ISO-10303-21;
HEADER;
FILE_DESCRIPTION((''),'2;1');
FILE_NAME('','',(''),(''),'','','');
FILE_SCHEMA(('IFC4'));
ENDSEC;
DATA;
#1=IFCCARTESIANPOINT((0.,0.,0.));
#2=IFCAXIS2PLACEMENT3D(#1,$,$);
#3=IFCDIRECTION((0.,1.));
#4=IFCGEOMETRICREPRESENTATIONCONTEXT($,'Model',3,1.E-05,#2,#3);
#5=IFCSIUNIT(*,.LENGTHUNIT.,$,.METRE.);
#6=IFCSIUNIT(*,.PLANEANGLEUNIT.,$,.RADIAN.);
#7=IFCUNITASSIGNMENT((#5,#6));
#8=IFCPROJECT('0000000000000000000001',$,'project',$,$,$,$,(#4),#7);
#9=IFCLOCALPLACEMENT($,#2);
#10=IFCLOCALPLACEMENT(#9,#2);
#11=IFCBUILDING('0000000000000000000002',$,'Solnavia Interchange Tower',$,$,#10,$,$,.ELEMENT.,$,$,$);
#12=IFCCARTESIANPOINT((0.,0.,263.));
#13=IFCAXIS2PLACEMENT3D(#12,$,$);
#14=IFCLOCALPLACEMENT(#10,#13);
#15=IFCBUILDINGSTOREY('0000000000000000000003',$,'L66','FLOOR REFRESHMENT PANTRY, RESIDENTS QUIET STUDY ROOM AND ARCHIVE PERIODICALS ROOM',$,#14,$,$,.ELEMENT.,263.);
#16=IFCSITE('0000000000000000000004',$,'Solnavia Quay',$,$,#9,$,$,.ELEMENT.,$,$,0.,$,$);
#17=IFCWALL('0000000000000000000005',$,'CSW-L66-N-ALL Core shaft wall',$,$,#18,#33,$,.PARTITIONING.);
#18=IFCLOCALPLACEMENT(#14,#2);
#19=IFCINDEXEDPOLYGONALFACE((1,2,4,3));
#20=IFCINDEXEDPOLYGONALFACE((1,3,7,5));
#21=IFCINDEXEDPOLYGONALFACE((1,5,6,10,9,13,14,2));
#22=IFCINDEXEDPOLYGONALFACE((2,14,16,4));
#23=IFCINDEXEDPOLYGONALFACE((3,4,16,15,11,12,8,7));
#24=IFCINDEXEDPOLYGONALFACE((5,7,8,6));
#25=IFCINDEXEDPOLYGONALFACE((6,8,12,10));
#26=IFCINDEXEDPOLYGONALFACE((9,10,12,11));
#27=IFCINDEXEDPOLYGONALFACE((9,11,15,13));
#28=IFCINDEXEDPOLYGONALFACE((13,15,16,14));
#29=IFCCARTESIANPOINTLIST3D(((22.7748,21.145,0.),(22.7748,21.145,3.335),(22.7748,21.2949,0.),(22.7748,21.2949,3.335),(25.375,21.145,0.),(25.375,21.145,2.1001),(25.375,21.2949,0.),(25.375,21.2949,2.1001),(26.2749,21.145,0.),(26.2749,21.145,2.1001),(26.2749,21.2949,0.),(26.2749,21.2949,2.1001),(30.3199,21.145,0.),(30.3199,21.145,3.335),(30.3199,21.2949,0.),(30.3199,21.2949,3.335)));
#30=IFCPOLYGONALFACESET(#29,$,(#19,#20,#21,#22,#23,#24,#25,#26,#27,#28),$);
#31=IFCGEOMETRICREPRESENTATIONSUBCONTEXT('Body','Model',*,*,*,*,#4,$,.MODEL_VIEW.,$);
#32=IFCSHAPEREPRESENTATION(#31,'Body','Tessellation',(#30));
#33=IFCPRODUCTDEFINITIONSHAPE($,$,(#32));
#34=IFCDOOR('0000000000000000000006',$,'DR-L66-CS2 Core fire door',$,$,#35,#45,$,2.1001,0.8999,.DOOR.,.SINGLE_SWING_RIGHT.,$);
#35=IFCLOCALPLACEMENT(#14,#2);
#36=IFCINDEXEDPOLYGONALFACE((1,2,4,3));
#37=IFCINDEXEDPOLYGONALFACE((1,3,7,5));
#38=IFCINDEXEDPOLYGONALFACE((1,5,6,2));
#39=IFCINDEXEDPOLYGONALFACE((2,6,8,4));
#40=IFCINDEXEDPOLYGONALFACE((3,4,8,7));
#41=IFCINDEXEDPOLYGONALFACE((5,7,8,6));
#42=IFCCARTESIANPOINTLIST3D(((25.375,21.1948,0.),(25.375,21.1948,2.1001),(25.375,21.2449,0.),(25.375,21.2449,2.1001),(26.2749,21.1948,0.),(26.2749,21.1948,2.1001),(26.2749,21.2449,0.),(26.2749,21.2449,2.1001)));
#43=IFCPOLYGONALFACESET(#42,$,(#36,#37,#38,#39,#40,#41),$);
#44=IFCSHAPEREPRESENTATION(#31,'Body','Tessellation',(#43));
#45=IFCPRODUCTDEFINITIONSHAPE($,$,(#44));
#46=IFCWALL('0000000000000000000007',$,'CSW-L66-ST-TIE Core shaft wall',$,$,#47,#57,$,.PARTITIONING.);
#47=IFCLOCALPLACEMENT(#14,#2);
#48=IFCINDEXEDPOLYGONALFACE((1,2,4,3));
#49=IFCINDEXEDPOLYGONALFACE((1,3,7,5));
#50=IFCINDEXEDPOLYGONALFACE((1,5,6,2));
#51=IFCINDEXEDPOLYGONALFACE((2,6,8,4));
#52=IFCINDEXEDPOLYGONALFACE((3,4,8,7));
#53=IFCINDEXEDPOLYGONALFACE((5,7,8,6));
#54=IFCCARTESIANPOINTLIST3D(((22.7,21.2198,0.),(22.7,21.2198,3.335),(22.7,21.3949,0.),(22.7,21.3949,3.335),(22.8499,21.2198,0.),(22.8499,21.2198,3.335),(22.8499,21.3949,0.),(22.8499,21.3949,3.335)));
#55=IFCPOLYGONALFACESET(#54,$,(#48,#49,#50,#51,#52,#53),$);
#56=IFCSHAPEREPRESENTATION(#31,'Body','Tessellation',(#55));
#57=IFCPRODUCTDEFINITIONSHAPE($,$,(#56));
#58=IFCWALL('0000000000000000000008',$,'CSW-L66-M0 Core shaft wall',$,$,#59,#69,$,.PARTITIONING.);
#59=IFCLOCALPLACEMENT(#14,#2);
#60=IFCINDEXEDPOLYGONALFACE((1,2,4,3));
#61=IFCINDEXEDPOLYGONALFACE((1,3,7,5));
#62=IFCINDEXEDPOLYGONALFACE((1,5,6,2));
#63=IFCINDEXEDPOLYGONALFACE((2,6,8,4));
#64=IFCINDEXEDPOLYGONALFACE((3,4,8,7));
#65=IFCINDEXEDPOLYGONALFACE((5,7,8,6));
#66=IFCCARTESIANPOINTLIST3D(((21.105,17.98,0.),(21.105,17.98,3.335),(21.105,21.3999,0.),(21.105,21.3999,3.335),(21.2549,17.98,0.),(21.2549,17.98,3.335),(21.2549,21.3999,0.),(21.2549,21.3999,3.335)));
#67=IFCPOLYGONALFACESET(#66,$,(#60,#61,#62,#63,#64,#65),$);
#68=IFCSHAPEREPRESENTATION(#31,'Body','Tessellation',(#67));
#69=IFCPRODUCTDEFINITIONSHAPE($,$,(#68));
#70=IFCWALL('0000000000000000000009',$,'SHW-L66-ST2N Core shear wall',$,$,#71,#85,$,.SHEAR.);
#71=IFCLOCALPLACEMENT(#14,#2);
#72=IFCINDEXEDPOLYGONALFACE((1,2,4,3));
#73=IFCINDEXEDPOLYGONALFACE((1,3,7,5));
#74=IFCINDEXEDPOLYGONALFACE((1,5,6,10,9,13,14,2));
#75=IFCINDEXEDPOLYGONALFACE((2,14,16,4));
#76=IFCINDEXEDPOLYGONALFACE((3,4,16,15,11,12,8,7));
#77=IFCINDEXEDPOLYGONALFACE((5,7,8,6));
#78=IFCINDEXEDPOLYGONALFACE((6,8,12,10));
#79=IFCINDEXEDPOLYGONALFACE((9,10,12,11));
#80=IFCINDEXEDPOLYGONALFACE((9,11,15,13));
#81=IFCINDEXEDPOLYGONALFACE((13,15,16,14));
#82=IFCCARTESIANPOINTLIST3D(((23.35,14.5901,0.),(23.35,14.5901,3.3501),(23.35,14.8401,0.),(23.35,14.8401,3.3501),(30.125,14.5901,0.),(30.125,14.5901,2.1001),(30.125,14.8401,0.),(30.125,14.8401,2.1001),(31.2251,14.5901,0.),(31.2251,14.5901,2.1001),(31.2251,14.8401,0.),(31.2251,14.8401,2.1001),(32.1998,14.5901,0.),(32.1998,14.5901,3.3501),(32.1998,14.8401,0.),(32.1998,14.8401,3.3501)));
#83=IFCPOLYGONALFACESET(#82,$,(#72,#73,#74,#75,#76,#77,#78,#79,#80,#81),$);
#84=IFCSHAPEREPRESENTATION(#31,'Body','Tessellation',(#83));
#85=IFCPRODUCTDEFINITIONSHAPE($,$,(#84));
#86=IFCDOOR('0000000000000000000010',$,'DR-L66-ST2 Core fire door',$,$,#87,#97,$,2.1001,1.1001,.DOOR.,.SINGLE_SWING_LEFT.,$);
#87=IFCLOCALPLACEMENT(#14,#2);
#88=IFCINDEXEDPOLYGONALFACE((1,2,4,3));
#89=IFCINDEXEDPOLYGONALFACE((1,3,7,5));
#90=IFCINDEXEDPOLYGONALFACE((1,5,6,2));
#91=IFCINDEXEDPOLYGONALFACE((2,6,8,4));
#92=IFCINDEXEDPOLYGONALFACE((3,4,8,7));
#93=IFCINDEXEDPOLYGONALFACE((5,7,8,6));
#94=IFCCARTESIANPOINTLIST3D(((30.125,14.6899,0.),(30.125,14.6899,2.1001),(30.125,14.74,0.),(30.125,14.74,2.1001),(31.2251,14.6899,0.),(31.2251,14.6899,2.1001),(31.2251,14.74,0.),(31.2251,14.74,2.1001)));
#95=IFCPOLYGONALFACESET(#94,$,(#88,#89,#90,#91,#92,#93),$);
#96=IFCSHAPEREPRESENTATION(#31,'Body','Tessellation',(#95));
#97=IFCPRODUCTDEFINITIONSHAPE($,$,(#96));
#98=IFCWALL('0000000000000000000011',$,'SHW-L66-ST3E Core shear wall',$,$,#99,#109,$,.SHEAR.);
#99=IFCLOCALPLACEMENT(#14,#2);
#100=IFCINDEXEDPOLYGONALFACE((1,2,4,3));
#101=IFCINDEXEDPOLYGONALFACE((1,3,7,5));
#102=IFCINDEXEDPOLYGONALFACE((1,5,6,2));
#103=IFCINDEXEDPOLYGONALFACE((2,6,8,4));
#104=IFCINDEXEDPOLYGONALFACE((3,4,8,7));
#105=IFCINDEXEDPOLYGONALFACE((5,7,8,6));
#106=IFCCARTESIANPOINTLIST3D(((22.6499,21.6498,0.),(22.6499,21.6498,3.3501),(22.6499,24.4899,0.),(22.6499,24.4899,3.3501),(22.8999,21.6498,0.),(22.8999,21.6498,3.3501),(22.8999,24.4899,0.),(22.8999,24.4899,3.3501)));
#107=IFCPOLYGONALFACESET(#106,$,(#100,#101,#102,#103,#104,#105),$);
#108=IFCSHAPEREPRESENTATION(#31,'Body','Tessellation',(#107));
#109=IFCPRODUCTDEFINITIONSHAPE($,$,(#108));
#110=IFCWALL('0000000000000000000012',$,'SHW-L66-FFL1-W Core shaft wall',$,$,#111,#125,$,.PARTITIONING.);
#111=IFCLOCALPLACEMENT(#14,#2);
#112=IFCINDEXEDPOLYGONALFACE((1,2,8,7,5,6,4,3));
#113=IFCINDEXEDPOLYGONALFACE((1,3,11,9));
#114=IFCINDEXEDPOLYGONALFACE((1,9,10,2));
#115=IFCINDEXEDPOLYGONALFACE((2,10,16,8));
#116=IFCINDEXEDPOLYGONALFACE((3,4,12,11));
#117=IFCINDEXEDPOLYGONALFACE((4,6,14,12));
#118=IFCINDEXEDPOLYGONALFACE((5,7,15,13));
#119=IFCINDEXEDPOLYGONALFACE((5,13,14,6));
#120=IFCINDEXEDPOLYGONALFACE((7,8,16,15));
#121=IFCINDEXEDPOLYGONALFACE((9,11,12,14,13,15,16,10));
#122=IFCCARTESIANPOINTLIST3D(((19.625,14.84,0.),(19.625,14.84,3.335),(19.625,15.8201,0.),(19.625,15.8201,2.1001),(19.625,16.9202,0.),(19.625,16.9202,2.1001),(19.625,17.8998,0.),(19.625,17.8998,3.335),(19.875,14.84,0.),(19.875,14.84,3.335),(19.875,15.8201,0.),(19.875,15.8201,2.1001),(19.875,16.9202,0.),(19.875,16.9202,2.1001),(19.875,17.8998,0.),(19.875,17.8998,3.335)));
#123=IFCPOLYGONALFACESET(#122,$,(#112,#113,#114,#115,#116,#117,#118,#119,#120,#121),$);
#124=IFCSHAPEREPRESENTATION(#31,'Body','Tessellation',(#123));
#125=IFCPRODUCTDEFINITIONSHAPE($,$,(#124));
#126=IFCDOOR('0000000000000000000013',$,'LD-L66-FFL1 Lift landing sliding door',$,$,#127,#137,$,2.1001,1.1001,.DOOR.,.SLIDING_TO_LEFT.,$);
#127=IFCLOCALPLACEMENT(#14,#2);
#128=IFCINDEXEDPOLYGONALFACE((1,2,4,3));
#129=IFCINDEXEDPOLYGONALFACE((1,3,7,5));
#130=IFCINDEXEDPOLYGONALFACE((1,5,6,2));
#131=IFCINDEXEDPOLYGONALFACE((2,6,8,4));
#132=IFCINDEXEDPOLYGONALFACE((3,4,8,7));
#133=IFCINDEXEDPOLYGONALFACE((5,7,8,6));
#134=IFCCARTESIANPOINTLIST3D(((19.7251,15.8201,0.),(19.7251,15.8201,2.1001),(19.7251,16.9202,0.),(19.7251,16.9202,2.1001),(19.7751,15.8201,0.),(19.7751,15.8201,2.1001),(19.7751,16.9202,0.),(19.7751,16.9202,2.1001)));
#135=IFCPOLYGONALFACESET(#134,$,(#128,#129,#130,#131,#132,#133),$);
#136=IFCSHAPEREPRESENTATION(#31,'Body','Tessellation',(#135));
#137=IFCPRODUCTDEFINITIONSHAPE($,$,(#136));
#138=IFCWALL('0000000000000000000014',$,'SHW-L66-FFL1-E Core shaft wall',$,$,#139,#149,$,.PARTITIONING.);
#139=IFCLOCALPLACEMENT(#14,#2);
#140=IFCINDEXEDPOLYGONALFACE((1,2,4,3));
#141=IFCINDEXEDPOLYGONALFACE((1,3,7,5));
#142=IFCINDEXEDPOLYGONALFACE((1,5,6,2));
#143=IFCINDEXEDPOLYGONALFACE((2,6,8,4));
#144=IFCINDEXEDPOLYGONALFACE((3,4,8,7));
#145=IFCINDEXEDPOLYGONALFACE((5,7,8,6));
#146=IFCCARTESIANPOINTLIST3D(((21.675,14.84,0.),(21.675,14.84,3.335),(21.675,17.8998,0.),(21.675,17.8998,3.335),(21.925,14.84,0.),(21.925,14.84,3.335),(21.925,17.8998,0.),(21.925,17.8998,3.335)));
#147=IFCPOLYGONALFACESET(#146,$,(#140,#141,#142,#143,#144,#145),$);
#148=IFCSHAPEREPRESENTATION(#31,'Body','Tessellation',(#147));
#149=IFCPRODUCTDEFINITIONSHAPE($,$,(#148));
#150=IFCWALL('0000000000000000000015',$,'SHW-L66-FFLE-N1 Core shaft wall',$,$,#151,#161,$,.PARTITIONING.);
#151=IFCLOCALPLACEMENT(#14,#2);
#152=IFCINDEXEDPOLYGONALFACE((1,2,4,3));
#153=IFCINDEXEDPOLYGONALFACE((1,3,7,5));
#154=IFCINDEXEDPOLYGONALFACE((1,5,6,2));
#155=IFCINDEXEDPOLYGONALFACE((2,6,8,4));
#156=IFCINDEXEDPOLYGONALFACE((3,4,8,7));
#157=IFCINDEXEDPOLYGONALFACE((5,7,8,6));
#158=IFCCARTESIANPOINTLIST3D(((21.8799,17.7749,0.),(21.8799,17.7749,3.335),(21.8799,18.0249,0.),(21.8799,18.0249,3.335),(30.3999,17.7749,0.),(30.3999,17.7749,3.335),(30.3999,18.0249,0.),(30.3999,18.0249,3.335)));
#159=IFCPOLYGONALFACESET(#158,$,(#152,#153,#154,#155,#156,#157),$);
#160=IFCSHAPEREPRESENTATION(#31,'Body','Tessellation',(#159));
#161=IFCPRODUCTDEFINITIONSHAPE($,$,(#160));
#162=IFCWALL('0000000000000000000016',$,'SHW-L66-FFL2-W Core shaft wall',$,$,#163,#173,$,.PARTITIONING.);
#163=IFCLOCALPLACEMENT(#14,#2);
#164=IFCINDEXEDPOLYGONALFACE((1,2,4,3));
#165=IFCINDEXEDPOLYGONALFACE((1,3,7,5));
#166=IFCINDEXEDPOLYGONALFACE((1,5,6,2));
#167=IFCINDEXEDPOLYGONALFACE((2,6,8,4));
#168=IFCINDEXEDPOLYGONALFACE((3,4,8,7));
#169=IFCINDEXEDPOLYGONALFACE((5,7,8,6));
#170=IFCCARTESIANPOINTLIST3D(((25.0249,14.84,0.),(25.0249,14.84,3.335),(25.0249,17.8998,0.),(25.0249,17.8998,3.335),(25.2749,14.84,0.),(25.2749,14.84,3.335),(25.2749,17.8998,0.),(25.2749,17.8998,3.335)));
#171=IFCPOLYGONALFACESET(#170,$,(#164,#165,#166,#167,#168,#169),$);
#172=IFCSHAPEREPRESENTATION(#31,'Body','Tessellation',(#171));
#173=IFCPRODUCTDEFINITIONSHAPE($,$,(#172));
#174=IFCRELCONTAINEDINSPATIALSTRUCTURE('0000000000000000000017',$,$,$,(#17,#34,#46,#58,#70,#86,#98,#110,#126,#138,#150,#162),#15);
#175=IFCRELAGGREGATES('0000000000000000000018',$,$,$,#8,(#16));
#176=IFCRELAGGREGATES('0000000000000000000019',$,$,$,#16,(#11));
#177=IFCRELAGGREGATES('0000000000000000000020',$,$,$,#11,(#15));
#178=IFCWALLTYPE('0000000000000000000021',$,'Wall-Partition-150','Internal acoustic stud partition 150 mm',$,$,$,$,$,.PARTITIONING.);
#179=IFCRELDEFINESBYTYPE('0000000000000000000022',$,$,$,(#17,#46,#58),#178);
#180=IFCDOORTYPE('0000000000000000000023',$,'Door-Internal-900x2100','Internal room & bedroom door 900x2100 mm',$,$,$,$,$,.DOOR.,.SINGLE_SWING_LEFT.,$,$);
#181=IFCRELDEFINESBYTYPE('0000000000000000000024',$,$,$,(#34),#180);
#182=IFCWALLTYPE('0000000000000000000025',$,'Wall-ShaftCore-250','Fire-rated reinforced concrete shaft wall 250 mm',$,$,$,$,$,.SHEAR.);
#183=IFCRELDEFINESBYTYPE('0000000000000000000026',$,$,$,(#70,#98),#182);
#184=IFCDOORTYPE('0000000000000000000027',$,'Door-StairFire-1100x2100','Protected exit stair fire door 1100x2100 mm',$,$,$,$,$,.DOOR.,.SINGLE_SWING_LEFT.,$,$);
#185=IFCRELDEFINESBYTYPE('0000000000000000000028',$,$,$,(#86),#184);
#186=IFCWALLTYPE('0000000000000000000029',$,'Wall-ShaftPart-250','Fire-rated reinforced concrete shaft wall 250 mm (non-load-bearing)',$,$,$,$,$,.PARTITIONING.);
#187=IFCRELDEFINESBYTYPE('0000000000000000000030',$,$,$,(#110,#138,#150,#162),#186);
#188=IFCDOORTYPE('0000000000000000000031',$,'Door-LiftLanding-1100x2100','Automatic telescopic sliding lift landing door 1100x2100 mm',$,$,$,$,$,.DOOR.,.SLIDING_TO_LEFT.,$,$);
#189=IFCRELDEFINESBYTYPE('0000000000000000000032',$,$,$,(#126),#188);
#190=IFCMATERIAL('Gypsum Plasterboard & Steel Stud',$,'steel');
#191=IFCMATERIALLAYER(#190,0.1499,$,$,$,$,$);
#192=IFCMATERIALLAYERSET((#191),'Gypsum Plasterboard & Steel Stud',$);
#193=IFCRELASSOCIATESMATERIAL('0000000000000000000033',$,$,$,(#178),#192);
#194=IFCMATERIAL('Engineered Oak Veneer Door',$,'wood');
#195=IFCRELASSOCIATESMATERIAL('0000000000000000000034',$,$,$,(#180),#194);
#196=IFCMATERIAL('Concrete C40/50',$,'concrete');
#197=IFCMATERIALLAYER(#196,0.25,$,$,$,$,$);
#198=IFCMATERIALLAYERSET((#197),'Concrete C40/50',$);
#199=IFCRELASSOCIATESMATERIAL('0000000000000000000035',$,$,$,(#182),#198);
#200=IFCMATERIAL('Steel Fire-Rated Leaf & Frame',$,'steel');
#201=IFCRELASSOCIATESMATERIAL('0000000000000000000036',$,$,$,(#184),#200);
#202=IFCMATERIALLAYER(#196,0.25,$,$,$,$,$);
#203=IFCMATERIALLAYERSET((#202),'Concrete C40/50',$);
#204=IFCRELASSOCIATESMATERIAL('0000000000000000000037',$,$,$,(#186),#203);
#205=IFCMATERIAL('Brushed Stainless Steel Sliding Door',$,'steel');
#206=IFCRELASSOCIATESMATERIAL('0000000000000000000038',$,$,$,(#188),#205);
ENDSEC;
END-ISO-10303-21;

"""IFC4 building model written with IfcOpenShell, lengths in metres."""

from ifc_helpers import new_model, si_unit, direction, frame, frame_2d, origin, place, context, subcontext, project, spatial, rectangle, extrude, material, layer, layer_set, type_object, element, fill, save


model = new_model("IFC4")

# Units and contexts
model_context = context("Model", 3, precision=1e-05, world=origin(), true_north=direction((0.0, 1.0)))
body_context = subcontext(model_context, "Body", "Model", "MODEL_VIEW")
ifc_project = project(units=[si_unit("LENGTHUNIT", "METRE"), si_unit("PLANEANGLEUNIT", "RADIAN")], contexts=[model_context])

# Site, building, storey
site_placement = place(None, origin())
site = spatial("IfcSite", under=ifc_project, at=site_placement, Name="Solnavia Quay", CompositionType="ELEMENT", RefElevation=0.0)
building_placement = place(site_placement, origin())
building = spatial("IfcBuilding", under=site, at=building_placement, Name="Solnavia Interchange Tower", CompositionType="ELEMENT")
storey_placement = place(building_placement, frame((0.0, 0.0, 263.0)))
storey = spatial("IfcBuildingStorey", under=building, at=storey_placement, Name="L66", Description="FLOOR REFRESHMENT PANTRY, RESIDENTS QUIET STUDY ROOM AND ARCHIVE PERIODICALS ROOM", CompositionType="ELEMENT", Elevation=263.0)

# Wall, opening, door
ifc_material_1 = material(Name="Gypsum Plasterboard & Steel Stud", Category="steel")
ifc_layer_1 = layer(ifc_material_1, 0.1499)
ifc_layer_set_1 = layer_set([ifc_layer_1], Name="Gypsum Plasterboard & Steel Stud")
wall_type_1 = type_object("IfcWallType", Name="Wall-Partition-150", Description="Internal acoustic stud partition 150 mm", PredefinedType="PARTITIONING", material=ifc_layer_set_1)
wall_1_placement = place(storey_placement, frame((22.7749, 21.22, 0.0), z_axis=(0.0, 0.0, 1.0), x_axis=(1.0, 0.0, 0.0)))
wall_1 = element("IfcWall", 1, at=wall_1_placement, inside=storey, type_object=wall_type_1, Name="CSW-L66-N-ALL Core shaft wall", PredefinedType="PARTITIONING", context=body_context, shape_type="SweptSolid", body=[
    extrude(rectangle(XDim=7.5452, YDim=0.1499, at=frame_2d((3.7725, 0.0))), origin(), (0.0, 0.0, 1.0), 3.335),
])
opening_1_placement = place(wall_1_placement, frame((2.6001, 0.0, 0.0)))
opening_1 = element("IfcOpeningElement", 2, at=opening_1_placement, cuts=wall_1, PredefinedType="OPENING", context=body_context, shape_type="SweptSolid", body=[
    extrude(rectangle(XDim=0.8999, YDim=2.1001, at=frame_2d((0.45, 1.05))), frame((0.0, 0.085, 0.0), z_axis=(0.0, -1.0, 0.0), x_axis=(1.0, 0.0, 0.0)), (0.0, 0.0, 1.0), 0.1699),
])
ifc_material_2 = material(Name="Engineered Oak Veneer Door", Category="wood")
door_type_1 = type_object("IfcDoorType", Name="Door-Internal-900x2100", Description="Internal room & bedroom door 900x2100 mm", OperationType="SINGLE_SWING_LEFT", PredefinedType="DOOR", material=ifc_material_2)
door_1_placement = place(opening_1_placement, origin())
door_1 = element("IfcDoor", 3, at=door_1_placement, inside=storey, type_object=door_type_1, Name="DR-L66-CS2 Core fire door", OperationType="SINGLE_SWING_RIGHT", OverallHeight=2.1001, OverallWidth=0.8999, PredefinedType="DOOR", context=body_context, shape_type="SweptSolid", body=[
    extrude(rectangle(XDim=0.8999, YDim=2.1001, at=frame_2d((0.45, 1.05))), frame((0.0, 0.0249, 0.0), z_axis=(0.0, -1.0, 0.0), x_axis=(1.0, 0.0, 0.0)), (0.0, 0.0, 1.0), 0.05),
])
fill(opening_1, door_1)

# Walls
wall_2_placement = place(storey_placement, frame((22.7749, 21.22, 0.0), z_axis=(0.0, 0.0, 1.0), x_axis=(0.0, 1.0, 0.0)))
element("IfcWall", 4, at=wall_2_placement, inside=storey, type_object=wall_type_1, Name="CSW-L66-ST-TIE Core shaft wall", PredefinedType="PARTITIONING", context=body_context, shape_type="SweptSolid", body=[
    extrude(rectangle(XDim=0.175, YDim=0.1499, at=frame_2d((0.0874, 0.0))), origin(), (0.0, 0.0, 1.0), 3.335),
])
wall_3_placement = place(storey_placement, frame((21.1799, 17.98, 0.0), z_axis=(0.0, 0.0, 1.0), x_axis=(0.0, 1.0, 0.0)))
element("IfcWall", 5, at=wall_3_placement, inside=storey, type_object=wall_type_1, Name="CSW-L66-M0 Core shaft wall", PredefinedType="PARTITIONING", context=body_context, shape_type="SweptSolid", body=[
    extrude(rectangle(XDim=3.4199, YDim=0.1499, at=frame_2d((1.71, 0.0))), origin(), (0.0, 0.0, 1.0), 3.335),
])

# Wall, opening, door
ifc_material_3 = material(Name="Concrete C40/50", Category="concrete")
ifc_layer_2 = layer(ifc_material_3, 0.25)
ifc_layer_set_2 = layer_set([ifc_layer_2], Name="Concrete C40/50")
wall_type_2 = type_object("IfcWallType", Name="Wall-ShaftCore-250", Description="Fire-rated reinforced concrete shaft wall 250 mm", PredefinedType="SHEAR", material=ifc_layer_set_2)
wall_4_placement = place(storey_placement, frame((23.3501, 14.7151, 0.0), z_axis=(0.0, 0.0, 1.0), x_axis=(1.0, 0.0, 0.0)))
wall_4 = element("IfcWall", 6, at=wall_4_placement, inside=storey, type_object=wall_type_2, Name="SHW-L66-ST2N Core shear wall", PredefinedType="SHEAR", context=body_context, shape_type="SweptSolid", body=[
    extrude(rectangle(XDim=8.8499, YDim=0.25, at=frame_2d((4.4248, 0.0))), origin(), (0.0, 0.0, 1.0), 3.3501),
])
opening_2_placement = place(wall_4_placement, frame((6.7749, 0.0, 0.0)))
opening_2 = element("IfcOpeningElement", 7, at=opening_2_placement, cuts=wall_4, PredefinedType="OPENING", context=body_context, shape_type="SweptSolid", body=[
    extrude(rectangle(XDim=1.1001, YDim=2.1001, at=frame_2d((0.55, 1.05))), frame((0.0, 0.135, 0.0), z_axis=(0.0, -1.0, 0.0), x_axis=(1.0, 0.0, 0.0)), (0.0, 0.0, 1.0), 0.27),
])
ifc_material_4 = material(Name="Steel Fire-Rated Leaf & Frame", Category="steel")
door_type_2 = type_object("IfcDoorType", Name="Door-StairFire-1100x2100", Description="Protected exit stair fire door 1100x2100 mm", OperationType="SINGLE_SWING_LEFT", PredefinedType="DOOR", material=ifc_material_4)
door_2_placement = place(opening_2_placement, origin())
door_2 = element("IfcDoor", 8, at=door_2_placement, inside=storey, type_object=door_type_2, Name="DR-L66-ST2 Core fire door", OperationType="SINGLE_SWING_LEFT", OverallHeight=2.1001, OverallWidth=1.1001, PredefinedType="DOOR", context=body_context, shape_type="SweptSolid", body=[
    extrude(rectangle(XDim=1.1001, YDim=2.1001, at=frame_2d((0.55, 1.05))), frame((0.0, 0.0249, 0.0), z_axis=(0.0, -1.0, 0.0), x_axis=(1.0, 0.0, 0.0)), (0.0, 0.0, 1.0), 0.05),
])
fill(opening_2, door_2)

# Wall
wall_5_placement = place(storey_placement, frame((22.7749, 21.6499, 0.0), z_axis=(0.0, 0.0, 1.0), x_axis=(0.0, 1.0, 0.0)))
element("IfcWall", 9, at=wall_5_placement, inside=storey, type_object=wall_type_2, Name="SHW-L66-ST3E Core shear wall", PredefinedType="SHEAR", context=body_context, shape_type="SweptSolid", body=[
    extrude(rectangle(XDim=2.8401, YDim=0.25, at=frame_2d((1.4199, 0.0))), origin(), (0.0, 0.0, 1.0), 3.3501),
])

# Wall, opening, door
ifc_layer_3 = layer(ifc_material_3, 0.25)
ifc_layer_set_3 = layer_set([ifc_layer_3], Name="Concrete C40/50")
wall_type_3 = type_object("IfcWallType", Name="Wall-ShaftPart-250", Description="Fire-rated reinforced concrete shaft wall 250 mm (non-load-bearing)", PredefinedType="PARTITIONING", material=ifc_layer_set_3)
wall_6_placement = place(storey_placement, frame((19.75, 14.8401, 0.0), z_axis=(0.0, 0.0, 1.0), x_axis=(0.0, 1.0, 0.0)))
wall_6 = element("IfcWall", 10, at=wall_6_placement, inside=storey, type_object=wall_type_3, Name="SHW-L66-FFL1-W Core shaft wall", PredefinedType="PARTITIONING", context=body_context, shape_type="SweptSolid", body=[
    extrude(rectangle(XDim=3.0598, YDim=0.25, at=frame_2d((1.5298, 0.0))), origin(), (0.0, 0.0, 1.0), 3.335),
])
opening_3_placement = place(wall_6_placement, frame((0.98, 0.0, 0.0)))
opening_3 = element("IfcOpeningElement", 11, at=opening_3_placement, cuts=wall_6, PredefinedType="OPENING", context=body_context, shape_type="SweptSolid", body=[
    extrude(rectangle(XDim=1.1001, YDim=2.1001, at=frame_2d((0.55, 1.05))), frame((0.0, 0.135, 0.0), z_axis=(0.0, -1.0, 0.0), x_axis=(1.0, 0.0, 0.0)), (0.0, 0.0, 1.0), 0.27),
])
ifc_material_5 = material(Name="Brushed Stainless Steel Sliding Door", Category="steel")
door_type_3 = type_object("IfcDoorType", Name="Door-LiftLanding-1100x2100", Description="Automatic telescopic sliding lift landing door 1100x2100 mm", OperationType="SLIDING_TO_LEFT", PredefinedType="DOOR", material=ifc_material_5)
door_3_placement = place(opening_3_placement, origin())
door_3 = element("IfcDoor", 12, at=door_3_placement, inside=storey, type_object=door_type_3, Name="LD-L66-FFL1 Lift landing sliding door", OperationType="SLIDING_TO_LEFT", OverallHeight=2.1001, OverallWidth=1.1001, PredefinedType="DOOR", context=body_context, shape_type="SweptSolid", body=[
    extrude(rectangle(XDim=1.1001, YDim=2.1001, at=frame_2d((0.55, 1.05))), frame((0.0, 0.0249, 0.0), z_axis=(0.0, -1.0, 0.0), x_axis=(1.0, 0.0, 0.0)), (0.0, 0.0, 1.0), 0.05),
])
fill(opening_3, door_3)

# Walls
wall_7_placement = place(storey_placement, frame((21.8, 14.8401, 0.0), z_axis=(0.0, 0.0, 1.0), x_axis=(0.0, 1.0, 0.0)))
element("IfcWall", 13, at=wall_7_placement, inside=storey, type_object=wall_type_3, Name="SHW-L66-FFL1-E Core shaft wall", PredefinedType="PARTITIONING", context=body_context, shape_type="SweptSolid", body=[
    extrude(rectangle(XDim=3.0598, YDim=0.25, at=frame_2d((1.5298, 0.0))), origin(), (0.0, 0.0, 1.0), 3.335),
])
wall_8_placement = place(storey_placement, frame((21.8799, 17.8999, 0.0), z_axis=(0.0, 0.0, 1.0), x_axis=(1.0, 0.0, 0.0)))
element("IfcWall", 14, at=wall_8_placement, inside=storey, type_object=wall_type_3, Name="SHW-L66-FFLE-N1 Core shaft wall", PredefinedType="PARTITIONING", context=body_context, shape_type="SweptSolid", body=[
    extrude(rectangle(XDim=8.52, YDim=0.25, at=frame_2d((4.26, 0.0))), origin(), (0.0, 0.0, 1.0), 3.335),
])
wall_9_placement = place(storey_placement, frame((25.1499, 14.8401, 0.0), z_axis=(0.0, 0.0, 1.0), x_axis=(0.0, 1.0, 0.0)))
element("IfcWall", 15, at=wall_9_placement, inside=storey, type_object=wall_type_3, Name="SHW-L66-FFL2-W Core shaft wall", PredefinedType="PARTITIONING", context=body_context, shape_type="SweptSolid", body=[
    extrude(rectangle(XDim=3.0598, YDim=0.25, at=frame_2d((1.5298, 0.0))), origin(), (0.0, 0.0, 1.0), 3.335),
])

save(model, "model.ifc")
